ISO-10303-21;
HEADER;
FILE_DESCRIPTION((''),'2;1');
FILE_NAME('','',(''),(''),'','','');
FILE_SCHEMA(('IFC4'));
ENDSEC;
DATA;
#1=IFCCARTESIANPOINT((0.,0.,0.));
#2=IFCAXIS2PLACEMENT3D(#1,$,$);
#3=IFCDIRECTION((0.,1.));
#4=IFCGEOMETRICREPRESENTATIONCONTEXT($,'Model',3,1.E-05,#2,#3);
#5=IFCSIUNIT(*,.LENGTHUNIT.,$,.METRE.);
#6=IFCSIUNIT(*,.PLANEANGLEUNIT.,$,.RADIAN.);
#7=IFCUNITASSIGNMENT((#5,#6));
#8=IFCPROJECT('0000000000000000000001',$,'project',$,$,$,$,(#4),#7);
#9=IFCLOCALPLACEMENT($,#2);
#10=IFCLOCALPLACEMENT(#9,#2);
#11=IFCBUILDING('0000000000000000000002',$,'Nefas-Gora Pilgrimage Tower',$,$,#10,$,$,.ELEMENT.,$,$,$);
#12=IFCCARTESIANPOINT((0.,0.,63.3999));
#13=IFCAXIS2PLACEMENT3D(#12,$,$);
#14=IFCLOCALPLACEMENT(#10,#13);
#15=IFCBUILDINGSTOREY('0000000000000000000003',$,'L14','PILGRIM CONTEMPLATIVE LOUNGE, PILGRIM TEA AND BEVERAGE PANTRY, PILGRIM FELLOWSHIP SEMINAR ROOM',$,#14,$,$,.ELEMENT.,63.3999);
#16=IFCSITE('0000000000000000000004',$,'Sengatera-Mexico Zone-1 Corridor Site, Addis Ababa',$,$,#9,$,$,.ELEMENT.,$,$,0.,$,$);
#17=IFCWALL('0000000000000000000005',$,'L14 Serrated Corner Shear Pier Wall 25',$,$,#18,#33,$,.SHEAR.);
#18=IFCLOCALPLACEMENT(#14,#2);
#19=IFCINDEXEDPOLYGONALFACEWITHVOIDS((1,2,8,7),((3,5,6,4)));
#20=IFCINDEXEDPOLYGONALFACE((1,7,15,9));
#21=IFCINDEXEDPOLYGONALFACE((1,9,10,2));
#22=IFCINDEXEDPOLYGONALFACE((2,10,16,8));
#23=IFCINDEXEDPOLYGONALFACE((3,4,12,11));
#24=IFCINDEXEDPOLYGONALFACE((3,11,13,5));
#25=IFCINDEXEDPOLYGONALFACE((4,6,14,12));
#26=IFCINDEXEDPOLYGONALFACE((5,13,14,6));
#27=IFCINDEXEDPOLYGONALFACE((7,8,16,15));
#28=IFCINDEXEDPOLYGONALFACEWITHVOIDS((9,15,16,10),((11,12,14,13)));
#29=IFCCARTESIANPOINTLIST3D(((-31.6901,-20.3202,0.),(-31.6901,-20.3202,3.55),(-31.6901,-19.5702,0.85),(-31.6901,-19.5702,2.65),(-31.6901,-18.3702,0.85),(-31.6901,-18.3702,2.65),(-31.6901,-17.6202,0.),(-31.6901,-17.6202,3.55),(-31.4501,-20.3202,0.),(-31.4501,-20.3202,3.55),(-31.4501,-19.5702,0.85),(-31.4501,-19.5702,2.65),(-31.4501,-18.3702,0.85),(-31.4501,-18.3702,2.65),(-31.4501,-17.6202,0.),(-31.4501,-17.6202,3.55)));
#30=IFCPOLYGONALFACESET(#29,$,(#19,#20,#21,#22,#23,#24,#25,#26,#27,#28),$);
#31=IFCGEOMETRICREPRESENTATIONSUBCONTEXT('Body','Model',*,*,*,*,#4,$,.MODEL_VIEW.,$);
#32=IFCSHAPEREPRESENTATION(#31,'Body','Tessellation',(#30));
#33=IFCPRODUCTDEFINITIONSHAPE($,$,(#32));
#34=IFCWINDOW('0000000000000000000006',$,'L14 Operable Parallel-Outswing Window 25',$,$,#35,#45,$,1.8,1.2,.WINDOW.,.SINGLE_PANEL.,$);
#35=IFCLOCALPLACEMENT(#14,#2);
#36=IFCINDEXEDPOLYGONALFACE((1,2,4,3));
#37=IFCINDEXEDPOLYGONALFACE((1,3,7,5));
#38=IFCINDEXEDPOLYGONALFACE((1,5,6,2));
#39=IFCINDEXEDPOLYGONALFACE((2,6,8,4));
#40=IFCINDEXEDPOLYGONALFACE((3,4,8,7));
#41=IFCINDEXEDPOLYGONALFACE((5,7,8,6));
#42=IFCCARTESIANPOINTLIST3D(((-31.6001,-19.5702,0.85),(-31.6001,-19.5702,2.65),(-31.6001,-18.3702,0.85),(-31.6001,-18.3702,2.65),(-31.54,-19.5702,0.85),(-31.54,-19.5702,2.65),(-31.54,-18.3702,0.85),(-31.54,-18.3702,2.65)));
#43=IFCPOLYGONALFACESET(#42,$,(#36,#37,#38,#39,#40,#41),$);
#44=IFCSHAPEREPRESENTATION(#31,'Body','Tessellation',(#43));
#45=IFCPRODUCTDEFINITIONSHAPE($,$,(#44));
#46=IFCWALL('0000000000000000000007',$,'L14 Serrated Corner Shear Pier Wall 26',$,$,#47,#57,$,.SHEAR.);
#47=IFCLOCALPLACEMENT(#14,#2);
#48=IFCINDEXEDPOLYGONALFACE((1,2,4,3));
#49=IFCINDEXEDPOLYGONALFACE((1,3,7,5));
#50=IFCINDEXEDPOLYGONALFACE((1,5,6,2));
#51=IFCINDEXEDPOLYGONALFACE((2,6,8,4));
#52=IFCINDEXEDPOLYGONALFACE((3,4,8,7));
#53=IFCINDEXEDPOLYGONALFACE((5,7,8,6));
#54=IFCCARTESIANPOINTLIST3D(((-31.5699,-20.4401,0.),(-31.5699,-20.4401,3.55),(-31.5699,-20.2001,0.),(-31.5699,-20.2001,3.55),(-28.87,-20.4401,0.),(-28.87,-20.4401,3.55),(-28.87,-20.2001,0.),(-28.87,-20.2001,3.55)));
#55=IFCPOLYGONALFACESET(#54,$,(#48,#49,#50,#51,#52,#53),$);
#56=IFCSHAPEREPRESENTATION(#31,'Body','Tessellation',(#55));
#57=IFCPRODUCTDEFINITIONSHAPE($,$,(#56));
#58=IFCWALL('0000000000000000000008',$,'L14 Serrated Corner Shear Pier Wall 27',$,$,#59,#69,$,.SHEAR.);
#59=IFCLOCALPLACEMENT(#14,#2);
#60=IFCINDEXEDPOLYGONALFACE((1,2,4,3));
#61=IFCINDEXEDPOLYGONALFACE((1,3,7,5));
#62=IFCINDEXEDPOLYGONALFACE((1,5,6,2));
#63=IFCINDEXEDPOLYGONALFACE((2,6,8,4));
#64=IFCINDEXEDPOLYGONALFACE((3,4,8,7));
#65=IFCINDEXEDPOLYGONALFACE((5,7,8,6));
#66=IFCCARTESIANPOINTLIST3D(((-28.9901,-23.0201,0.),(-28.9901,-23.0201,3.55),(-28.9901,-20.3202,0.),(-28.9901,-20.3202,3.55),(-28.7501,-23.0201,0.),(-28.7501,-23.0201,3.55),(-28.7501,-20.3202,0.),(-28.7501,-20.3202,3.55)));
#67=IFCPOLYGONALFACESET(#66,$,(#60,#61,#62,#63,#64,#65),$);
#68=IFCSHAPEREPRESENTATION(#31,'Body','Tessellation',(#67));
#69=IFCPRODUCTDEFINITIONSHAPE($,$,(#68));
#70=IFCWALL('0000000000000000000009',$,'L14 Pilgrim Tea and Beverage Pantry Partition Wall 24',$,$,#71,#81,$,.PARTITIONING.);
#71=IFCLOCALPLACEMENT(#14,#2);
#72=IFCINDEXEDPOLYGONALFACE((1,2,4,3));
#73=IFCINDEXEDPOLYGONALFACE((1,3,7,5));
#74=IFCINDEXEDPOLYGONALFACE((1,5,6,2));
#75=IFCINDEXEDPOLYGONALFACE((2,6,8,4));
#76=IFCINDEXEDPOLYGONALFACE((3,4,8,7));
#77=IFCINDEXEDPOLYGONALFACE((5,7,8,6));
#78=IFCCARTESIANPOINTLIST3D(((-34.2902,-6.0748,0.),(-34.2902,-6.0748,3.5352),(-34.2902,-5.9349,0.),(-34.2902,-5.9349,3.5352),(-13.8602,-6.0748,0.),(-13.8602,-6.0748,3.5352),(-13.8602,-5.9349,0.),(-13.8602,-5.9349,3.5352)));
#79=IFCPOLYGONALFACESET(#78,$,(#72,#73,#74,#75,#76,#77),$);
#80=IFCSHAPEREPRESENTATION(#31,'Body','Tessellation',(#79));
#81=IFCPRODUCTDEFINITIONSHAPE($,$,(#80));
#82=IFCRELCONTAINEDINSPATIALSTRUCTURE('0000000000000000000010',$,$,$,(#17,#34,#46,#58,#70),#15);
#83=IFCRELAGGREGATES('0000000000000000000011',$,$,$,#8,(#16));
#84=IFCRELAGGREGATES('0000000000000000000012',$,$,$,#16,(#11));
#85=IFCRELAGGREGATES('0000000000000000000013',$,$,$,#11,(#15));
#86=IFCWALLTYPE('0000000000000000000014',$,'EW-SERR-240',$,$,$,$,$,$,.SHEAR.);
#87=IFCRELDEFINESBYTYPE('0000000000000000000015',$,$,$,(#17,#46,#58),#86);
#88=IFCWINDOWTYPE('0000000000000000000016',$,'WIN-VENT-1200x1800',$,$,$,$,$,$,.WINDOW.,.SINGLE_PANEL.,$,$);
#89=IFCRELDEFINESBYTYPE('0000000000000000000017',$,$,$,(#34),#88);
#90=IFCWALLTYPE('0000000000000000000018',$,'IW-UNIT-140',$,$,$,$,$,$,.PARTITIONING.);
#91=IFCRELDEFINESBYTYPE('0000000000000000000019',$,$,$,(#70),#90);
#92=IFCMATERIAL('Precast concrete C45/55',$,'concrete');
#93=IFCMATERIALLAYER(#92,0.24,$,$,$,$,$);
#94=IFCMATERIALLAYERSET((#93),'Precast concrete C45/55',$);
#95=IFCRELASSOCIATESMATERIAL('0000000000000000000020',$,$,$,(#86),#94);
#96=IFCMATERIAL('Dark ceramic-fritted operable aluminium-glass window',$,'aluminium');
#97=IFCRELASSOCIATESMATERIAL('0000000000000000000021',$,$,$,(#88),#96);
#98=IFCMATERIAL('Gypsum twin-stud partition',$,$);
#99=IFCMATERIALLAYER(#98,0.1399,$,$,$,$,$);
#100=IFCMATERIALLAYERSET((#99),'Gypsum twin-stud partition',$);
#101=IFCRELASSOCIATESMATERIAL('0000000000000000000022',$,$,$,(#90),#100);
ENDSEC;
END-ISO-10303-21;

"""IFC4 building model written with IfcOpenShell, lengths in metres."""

from ifc_helpers import new_model, si_unit, direction, frame, frame_2d, origin, place, context, subcontext, project, spatial, rectangle, extrude, source, transform, mapped, material, layer, layer_set, type_object, element, fill, save


model = new_model("IFC4")

# Units and contexts
model_context = context("Model", 3, precision=1e-05, world=origin(), true_north=direction((0.0, 1.0)))
body_context = subcontext(model_context, "Body", "Model", "MODEL_VIEW")
ifc_project = project(units=[si_unit("LENGTHUNIT", "METRE"), si_unit("PLANEANGLEUNIT", "RADIAN")], contexts=[model_context])

# Site, building, storey
site_placement = place(None, origin())
site = spatial("IfcSite", under=ifc_project, at=site_placement, Name="Sengatera-Mexico Zone-1 Corridor Site, Addis Ababa", CompositionType="ELEMENT", RefElevation=0.0)
building_placement = place(site_placement, origin())
building = spatial("IfcBuilding", under=site, at=building_placement, Name="Nefas-Gora Pilgrimage Tower", CompositionType="ELEMENT")
storey_placement = place(building_placement, frame((0.0, 0.0, 63.3999)))
storey = spatial("IfcBuildingStorey", under=building, at=storey_placement, Name="L14", Description="PILGRIM CONTEMPLATIVE LOUNGE, PILGRIM TEA AND BEVERAGE PANTRY, PILGRIM FELLOWSHIP SEMINAR ROOM", CompositionType="ELEMENT", Elevation=63.3999)

# Shared definitions
ifc_material_1 = material(Name="Precast concrete C45/55", Category="concrete")
ifc_layer_1 = layer(ifc_material_1, 0.24)
ifc_layer_set_1 = layer_set([ifc_layer_1], Name="Precast concrete C45/55")
wall_type_1 = type_object("IfcWallType", Name="EW-SERR-240", PredefinedType="SHEAR", material=ifc_layer_set_1)
shared_shape_1 = source(origin(), body_context, "Body", "SweptSolid", [
    extrude(rectangle(XDim=2.7, YDim=0.24, at=frame_2d((1.3501, 0.0))), origin(), (0.0, 0.0, 1.0), 3.55),
])

# Wall, opening, window
wall_1_placement = place(storey_placement, frame((-31.5701, -17.6201, 0.0), z_axis=(0.0, 0.0, 1.0), x_axis=(0.0, -1.0, 0.0)))
wall_1 = element("IfcWall", 1, at=wall_1_placement, inside=storey, type_object=wall_type_1, Name="L14 Serrated Corner Shear Pier Wall 25", PredefinedType="SHEAR", context=body_context, shape_type="MappedRepresentation", body=[
    mapped(shared_shape_1, transform((0.0, 0.0, 0.0), x_axis=(1.0, 0.0, 0.0), y_axis=(0.0, 1.0, 0.0), z_axis=(0.0, 0.0, 1.0), scale=1.0)),
])
opening_placement = place(wall_1_placement, frame((0.75, 0.0, 0.8501)))
opening = element("IfcOpeningElement", 2, at=opening_placement, cuts=wall_1, PredefinedType="OPENING", context=body_context, shape_type="SweptSolid", body=[
    extrude(rectangle(XDim=1.2, YDim=1.8, at=frame_2d((0.6001, 0.8999))), frame((0.0, 0.1299, 0.0), z_axis=(0.0, -1.0, 0.0), x_axis=(1.0, 0.0, 0.0)), (0.0, 0.0, 1.0), 0.26),
])
ifc_material_2 = material(Name="Dark ceramic-fritted operable aluminium-glass window", Category="aluminium")
window_type = type_object("IfcWindowType", Name="WIN-VENT-1200x1800", PartitioningType="SINGLE_PANEL", PredefinedType="WINDOW", material=ifc_material_2)
shared_shape_2 = source(origin(), body_context, "Body", "SweptSolid", [
    extrude(rectangle(XDim=1.2, YDim=1.8, at=frame_2d((0.6001, 0.8999))), frame((0.0, 0.03, 0.0), z_axis=(0.0, -1.0, 0.0), x_axis=(1.0, 0.0, 0.0)), (0.0, 0.0, 1.0), 0.0601),
])
window_placement = place(opening_placement, origin())
window = element("IfcWindow", 3, at=window_placement, inside=storey, type_object=window_type, Name="L14 Operable Parallel-Outswing Window 25", OverallHeight=1.8, OverallWidth=1.2, PartitioningType="SINGLE_PANEL", PredefinedType="WINDOW", context=body_context, shape_type="MappedRepresentation", body=[
    mapped(shared_shape_2, transform((0.0, 0.0, 0.0), x_axis=(1.0, 0.0, 0.0), y_axis=(0.0, 1.0, 0.0), z_axis=(0.0, 0.0, 1.0), scale=1.0)),
])
fill(opening, window)

# Walls
for number, where, z_axis, x_axis, name in (
    (4, (-31.5701, -20.3201, 0.0), (0.0, 0.0, 1.0), (1.0, 0.0, 0.0), "L14 Serrated Corner Shear Pier Wall 26"),
    (5, (-28.8701, -20.3201, 0.0), (0.0, 0.0, 1.0), (0.0, -1.0, 0.0), "L14 Serrated Corner Shear Pier Wall 27"),
):
    element("IfcWall", number, at=place(storey_placement, frame(where, z_axis=z_axis, x_axis=x_axis)), inside=storey, type_object=wall_type_1, Name=name, PredefinedType="SHEAR", context=body_context, shape_type="MappedRepresentation", body=[
        mapped(shared_shape_1, transform((0.0, 0.0, 0.0), x_axis=(1.0, 0.0, 0.0), y_axis=(0.0, 1.0, 0.0), z_axis=(0.0, 0.0, 1.0), scale=1.0)),
    ])
ifc_material_3 = material(Name="Gypsum twin-stud partition")
ifc_layer_2 = layer(ifc_material_3, 0.1399)
ifc_layer_set_2 = layer_set([ifc_layer_2], Name="Gypsum twin-stud partition")
wall_type_2 = type_object("IfcWallType", Name="IW-UNIT-140", PredefinedType="PARTITIONING", material=ifc_layer_set_2)
shared_shape_3 = source(origin(), body_context, "Body", "SweptSolid", [
    extrude(rectangle(XDim=20.4299, YDim=0.1399, at=frame_2d((10.2148, 0.0))), origin(), (0.0, 0.0, 1.0), 3.5352),
])
wall_2_placement = place(storey_placement, frame((-34.29, -6.0049, 0.0), z_axis=(0.0, 0.0, 1.0), x_axis=(1.0, 0.0, 0.0)))
element("IfcWall", 6, at=wall_2_placement, inside=storey, type_object=wall_type_2, Name="L14 Pilgrim Tea and Beverage Pantry Partition Wall 24", PredefinedType="PARTITIONING", context=body_context, shape_type="MappedRepresentation", body=[
    mapped(shared_shape_3, transform((0.0, 0.0, 0.0), x_axis=(1.0, 0.0, 0.0), y_axis=(0.0, 1.0, 0.0), z_axis=(0.0, 0.0, 1.0), scale=1.0)),
])

save(model, "model.ifc")
